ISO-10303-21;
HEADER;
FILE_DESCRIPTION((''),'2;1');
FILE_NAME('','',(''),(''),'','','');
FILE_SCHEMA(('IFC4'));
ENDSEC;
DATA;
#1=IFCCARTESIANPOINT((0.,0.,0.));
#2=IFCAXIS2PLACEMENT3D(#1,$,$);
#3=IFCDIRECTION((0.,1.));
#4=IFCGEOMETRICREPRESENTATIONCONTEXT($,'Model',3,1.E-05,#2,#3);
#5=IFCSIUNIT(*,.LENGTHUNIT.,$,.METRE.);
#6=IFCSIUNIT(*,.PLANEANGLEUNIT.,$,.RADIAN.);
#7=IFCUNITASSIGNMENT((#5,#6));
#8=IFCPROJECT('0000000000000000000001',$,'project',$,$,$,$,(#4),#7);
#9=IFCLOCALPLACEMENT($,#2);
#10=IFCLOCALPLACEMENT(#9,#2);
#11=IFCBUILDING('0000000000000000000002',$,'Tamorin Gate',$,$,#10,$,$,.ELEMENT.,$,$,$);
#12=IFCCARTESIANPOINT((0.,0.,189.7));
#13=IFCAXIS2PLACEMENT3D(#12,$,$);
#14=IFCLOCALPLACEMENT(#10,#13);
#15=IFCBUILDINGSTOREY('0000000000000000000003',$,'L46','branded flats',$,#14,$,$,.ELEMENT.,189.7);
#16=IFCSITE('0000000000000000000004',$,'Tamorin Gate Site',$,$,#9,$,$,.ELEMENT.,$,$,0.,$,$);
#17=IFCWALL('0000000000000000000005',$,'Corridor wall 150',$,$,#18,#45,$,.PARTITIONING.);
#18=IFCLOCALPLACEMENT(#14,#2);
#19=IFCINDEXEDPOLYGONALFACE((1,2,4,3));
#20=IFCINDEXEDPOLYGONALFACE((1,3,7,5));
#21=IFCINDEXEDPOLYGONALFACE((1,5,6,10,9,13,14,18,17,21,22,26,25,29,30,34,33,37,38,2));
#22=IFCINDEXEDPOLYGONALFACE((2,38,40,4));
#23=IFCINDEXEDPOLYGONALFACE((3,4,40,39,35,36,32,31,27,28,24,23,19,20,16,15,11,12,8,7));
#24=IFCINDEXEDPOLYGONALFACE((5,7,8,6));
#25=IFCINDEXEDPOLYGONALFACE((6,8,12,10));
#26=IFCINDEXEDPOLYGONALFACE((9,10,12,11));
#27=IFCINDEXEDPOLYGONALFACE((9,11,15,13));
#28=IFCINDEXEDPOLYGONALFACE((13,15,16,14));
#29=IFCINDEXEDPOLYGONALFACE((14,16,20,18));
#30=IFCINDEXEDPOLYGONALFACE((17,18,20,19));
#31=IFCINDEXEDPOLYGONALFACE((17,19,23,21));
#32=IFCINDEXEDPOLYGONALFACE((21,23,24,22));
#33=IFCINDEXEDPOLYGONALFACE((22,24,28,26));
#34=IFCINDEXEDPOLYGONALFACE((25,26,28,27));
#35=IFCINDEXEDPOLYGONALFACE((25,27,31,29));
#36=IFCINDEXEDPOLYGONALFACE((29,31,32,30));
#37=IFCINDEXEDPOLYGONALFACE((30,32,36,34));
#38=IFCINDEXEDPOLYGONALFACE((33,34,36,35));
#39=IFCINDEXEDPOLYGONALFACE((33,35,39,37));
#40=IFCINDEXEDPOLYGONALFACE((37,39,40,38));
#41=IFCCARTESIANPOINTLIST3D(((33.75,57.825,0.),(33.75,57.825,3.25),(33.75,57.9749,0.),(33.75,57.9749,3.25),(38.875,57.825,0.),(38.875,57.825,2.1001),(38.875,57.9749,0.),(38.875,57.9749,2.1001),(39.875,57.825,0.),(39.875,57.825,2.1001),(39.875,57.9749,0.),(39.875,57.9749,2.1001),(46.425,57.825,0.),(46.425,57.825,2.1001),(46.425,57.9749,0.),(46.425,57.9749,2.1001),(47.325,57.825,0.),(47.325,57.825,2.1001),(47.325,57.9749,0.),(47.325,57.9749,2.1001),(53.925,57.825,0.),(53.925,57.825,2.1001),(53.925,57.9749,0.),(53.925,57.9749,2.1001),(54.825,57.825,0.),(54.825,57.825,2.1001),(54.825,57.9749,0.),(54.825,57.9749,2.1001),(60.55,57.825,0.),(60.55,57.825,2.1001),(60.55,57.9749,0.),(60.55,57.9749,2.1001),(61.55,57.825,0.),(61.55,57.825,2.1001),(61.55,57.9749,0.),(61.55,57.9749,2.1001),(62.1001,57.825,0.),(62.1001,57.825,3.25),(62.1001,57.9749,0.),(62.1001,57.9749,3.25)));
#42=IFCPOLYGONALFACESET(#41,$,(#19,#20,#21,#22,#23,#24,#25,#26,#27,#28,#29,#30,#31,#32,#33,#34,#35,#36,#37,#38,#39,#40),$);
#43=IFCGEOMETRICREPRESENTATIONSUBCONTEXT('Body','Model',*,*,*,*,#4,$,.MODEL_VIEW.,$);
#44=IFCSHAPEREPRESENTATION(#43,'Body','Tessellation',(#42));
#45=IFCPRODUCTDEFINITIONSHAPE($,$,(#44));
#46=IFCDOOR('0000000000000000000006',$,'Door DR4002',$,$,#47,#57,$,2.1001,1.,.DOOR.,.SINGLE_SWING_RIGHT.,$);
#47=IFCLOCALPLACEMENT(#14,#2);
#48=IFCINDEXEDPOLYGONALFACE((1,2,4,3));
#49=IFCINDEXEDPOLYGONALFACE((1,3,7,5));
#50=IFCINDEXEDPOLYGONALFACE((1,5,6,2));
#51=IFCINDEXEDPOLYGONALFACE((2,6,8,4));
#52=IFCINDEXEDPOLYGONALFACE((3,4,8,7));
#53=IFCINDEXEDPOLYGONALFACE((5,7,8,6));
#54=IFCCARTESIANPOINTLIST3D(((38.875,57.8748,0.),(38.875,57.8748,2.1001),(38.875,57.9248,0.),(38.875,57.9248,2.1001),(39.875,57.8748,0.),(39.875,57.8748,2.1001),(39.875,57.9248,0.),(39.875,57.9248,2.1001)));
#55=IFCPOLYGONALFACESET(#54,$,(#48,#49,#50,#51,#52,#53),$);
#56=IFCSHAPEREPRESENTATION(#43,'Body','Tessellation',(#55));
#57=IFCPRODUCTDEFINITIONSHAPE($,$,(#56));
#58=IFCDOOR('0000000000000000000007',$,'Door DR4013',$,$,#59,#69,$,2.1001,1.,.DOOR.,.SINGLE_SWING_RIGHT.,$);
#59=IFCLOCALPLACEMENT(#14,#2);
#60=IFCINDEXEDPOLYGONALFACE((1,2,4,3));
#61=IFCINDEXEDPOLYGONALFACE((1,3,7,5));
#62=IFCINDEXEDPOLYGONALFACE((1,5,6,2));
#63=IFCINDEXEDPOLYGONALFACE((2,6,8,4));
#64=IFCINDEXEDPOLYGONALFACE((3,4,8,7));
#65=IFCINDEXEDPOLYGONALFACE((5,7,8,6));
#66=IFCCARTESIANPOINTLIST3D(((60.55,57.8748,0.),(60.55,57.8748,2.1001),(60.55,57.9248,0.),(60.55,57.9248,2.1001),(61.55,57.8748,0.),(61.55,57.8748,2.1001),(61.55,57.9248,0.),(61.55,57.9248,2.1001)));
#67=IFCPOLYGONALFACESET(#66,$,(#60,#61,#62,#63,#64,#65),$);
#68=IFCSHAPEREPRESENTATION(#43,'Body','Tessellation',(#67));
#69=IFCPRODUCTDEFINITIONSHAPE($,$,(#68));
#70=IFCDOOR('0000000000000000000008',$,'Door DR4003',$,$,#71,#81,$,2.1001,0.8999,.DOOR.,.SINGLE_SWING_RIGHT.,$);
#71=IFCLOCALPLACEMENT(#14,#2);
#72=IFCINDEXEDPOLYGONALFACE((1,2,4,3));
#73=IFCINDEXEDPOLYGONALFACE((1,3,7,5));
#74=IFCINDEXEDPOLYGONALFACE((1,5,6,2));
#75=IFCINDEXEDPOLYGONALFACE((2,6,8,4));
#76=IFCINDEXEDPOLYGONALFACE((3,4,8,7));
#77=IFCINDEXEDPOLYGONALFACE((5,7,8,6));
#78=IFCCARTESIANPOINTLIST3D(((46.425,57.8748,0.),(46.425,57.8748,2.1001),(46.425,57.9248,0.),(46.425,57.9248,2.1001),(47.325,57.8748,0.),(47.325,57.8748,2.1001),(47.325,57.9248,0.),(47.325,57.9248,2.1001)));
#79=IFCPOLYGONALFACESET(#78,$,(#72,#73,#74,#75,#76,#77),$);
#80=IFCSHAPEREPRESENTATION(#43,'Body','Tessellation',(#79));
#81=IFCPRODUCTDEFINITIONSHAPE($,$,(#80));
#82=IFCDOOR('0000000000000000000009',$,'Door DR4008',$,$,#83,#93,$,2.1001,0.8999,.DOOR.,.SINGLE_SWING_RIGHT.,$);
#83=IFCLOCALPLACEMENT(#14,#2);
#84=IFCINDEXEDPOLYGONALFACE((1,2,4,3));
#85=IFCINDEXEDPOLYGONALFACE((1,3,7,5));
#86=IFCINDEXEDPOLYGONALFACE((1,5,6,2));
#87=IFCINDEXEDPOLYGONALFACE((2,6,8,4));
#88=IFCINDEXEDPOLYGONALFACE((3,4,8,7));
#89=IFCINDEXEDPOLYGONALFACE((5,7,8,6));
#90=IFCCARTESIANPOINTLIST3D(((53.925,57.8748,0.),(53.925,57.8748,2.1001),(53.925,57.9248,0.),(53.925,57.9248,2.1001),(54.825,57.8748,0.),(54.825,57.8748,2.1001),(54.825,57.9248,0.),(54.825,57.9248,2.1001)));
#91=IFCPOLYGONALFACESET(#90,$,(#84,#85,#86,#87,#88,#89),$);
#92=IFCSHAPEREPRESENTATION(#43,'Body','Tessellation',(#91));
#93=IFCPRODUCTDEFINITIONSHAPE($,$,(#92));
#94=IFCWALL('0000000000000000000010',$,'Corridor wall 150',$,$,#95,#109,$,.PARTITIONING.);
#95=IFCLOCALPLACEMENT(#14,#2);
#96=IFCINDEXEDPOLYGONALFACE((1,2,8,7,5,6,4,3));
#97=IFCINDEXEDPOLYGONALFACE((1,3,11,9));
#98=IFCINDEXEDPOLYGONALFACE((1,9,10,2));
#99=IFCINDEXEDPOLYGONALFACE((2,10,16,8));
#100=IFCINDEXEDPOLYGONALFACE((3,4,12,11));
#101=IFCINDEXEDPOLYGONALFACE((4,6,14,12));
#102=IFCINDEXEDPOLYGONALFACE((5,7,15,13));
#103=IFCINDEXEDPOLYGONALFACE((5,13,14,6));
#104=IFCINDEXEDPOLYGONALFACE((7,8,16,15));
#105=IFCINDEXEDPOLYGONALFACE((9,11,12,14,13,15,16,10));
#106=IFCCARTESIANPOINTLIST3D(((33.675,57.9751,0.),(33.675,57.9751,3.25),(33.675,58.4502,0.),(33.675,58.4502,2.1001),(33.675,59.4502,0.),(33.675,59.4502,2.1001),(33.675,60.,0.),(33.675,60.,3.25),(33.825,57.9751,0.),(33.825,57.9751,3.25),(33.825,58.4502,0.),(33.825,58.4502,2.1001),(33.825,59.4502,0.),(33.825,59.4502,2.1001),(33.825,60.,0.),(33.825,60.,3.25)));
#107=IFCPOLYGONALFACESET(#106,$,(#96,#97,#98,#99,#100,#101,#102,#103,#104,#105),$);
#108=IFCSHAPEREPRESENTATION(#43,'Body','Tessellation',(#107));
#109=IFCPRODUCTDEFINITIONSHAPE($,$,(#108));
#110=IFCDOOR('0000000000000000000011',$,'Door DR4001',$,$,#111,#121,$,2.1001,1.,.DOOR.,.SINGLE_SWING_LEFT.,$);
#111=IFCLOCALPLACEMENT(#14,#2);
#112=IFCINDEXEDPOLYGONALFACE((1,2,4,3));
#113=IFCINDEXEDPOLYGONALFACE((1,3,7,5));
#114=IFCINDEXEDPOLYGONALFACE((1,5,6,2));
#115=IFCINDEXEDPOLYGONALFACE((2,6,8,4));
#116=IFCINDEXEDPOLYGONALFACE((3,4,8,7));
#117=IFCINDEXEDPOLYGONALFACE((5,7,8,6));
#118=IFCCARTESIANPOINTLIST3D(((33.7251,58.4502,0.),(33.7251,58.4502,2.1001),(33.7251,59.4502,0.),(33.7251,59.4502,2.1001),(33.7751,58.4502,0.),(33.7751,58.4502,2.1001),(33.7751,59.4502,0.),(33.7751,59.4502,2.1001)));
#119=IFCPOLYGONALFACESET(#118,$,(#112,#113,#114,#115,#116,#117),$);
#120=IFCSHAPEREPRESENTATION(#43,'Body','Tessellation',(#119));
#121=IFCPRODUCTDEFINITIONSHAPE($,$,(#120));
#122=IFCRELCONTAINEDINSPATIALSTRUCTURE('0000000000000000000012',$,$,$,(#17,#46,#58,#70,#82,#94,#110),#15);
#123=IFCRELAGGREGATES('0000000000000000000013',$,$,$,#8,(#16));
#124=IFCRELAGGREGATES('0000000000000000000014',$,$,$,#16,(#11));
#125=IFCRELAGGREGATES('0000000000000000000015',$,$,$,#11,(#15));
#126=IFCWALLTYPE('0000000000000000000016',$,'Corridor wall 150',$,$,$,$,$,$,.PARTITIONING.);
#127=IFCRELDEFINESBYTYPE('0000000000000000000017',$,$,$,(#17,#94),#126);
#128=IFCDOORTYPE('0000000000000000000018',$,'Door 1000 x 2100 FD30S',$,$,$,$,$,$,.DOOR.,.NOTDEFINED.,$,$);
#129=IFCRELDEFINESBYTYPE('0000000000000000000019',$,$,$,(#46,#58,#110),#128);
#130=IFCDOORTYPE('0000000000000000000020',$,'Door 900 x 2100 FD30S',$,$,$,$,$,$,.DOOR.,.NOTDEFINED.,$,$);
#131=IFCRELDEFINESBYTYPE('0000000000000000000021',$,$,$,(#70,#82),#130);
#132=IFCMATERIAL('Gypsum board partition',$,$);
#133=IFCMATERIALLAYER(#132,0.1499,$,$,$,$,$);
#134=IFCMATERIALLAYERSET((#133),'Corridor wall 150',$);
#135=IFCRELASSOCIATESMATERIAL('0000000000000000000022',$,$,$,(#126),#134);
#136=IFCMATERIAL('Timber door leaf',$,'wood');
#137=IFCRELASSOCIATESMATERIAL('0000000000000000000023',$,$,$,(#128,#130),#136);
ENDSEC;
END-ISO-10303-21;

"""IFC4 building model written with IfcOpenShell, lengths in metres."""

from ifc_helpers import new_model, si_unit, direction, frame, frame_2d, origin, place, context, subcontext, project, spatial, rectangle, extrude, material, layer, layer_set, type_object, element, fill, save


model = new_model("IFC4")

# Units and contexts
model_context = context("Model", 3, precision=1e-05, world=origin(), true_north=direction((0.0, 1.0)))
body_context = subcontext(model_context, "Body", "Model", "MODEL_VIEW")
ifc_project = project(units=[si_unit("LENGTHUNIT", "METRE"), si_unit("PLANEANGLEUNIT", "RADIAN")], contexts=[model_context])

# Site, building, storey
site_placement = place(None, origin())
site = spatial("IfcSite", under=ifc_project, at=site_placement, Name="Tamorin Gate Site", CompositionType="ELEMENT", RefElevation=0.0)
building_placement = place(site_placement, origin())
building = spatial("IfcBuilding", under=site, at=building_placement, Name="Tamorin Gate", CompositionType="ELEMENT")
storey_placement = place(building_placement, frame((0.0, 0.0, 189.7)))
storey = spatial("IfcBuildingStorey", under=building, at=storey_placement, Name="L46", Description="branded flats", CompositionType="ELEMENT", Elevation=189.7)

# Wall, openings, doors
ifc_material_1 = material(Name="Gypsum board partition")
ifc_layer_1 = layer(ifc_material_1, 0.1499)
ifc_layer_set_1 = layer_set([ifc_layer_1], Name="Corridor wall 150")
wall_type_1 = type_object("IfcWallType", Name="Corridor wall 150", PredefinedType="PARTITIONING", material=ifc_layer_set_1)
wall_1_placement = place(storey_placement, frame((33.75, 57.8999, 0.0), z_axis=(0.0, 0.0, 1.0), x_axis=(1.0, 0.0, 0.0)))
wall_1 = element("IfcWall", 1, at=wall_1_placement, inside=storey, type_object=wall_type_1, Name="Corridor wall 150", PredefinedType="PARTITIONING", context=body_context, shape_type="SweptSolid", body=[
    extrude(rectangle(XDim=28.3501, YDim=0.1499, at=frame_2d((14.175, 0.0))), origin(), (0.0, 0.0, 1.0), 3.25),
])
opening_1_placement = place(wall_1_placement, frame((5.125, 0.0, 0.0)))
opening_1 = element("IfcOpeningElement", 2, at=opening_1_placement, cuts=wall_1, PredefinedType="OPENING", context=body_context, shape_type="SweptSolid", body=[
    extrude(rectangle(XDim=1.0, YDim=2.1001, at=frame_2d((0.5, 1.05))), frame((0.0, 0.085, 0.0), z_axis=(0.0, -1.0, 0.0), x_axis=(1.0, 0.0, 0.0)), (0.0, 0.0, 1.0), 0.1699),
])
opening_2_placement = place(wall_1_placement, frame((12.675, 0.0, 0.0)))
opening_2 = element("IfcOpeningElement", 3, at=opening_2_placement, cuts=wall_1, PredefinedType="OPENING", context=body_context, shape_type="SweptSolid", body=[
    extrude(rectangle(XDim=0.8999, YDim=2.1001, at=frame_2d((0.45, 1.05))), frame((0.0, 0.085, 0.0), z_axis=(0.0, -1.0, 0.0), x_axis=(1.0, 0.0, 0.0)), (0.0, 0.0, 1.0), 0.1699),
])
opening_3_placement = place(wall_1_placement, frame((20.175, 0.0, 0.0)))
opening_3 = element("IfcOpeningElement", 4, at=opening_3_placement, cuts=wall_1, PredefinedType="OPENING", context=body_context, shape_type="SweptSolid", body=[
    extrude(rectangle(XDim=0.8999, YDim=2.1001, at=frame_2d((0.45, 1.05))), frame((0.0, 0.085, 0.0), z_axis=(0.0, -1.0, 0.0), x_axis=(1.0, 0.0, 0.0)), (0.0, 0.0, 1.0), 0.1699),
])
opening_4_placement = place(wall_1_placement, frame((26.8, 0.0, 0.0)))
opening_4 = element("IfcOpeningElement", 5, at=opening_4_placement, cuts=wall_1, PredefinedType="OPENING", context=body_context, shape_type="SweptSolid", body=[
    extrude(rectangle(XDim=1.0, YDim=2.1001, at=frame_2d((0.5, 1.05))), frame((0.0, 0.085, 0.0), z_axis=(0.0, -1.0, 0.0), x_axis=(1.0, 0.0, 0.0)), (0.0, 0.0, 1.0), 0.1699),
])
ifc_material_2 = material(Name="Timber door leaf", Category="wood")
door_type_1 = type_object("IfcDoorType", Name="Door 1000 x 2100 FD30S", OperationType="NOTDEFINED", PredefinedType="DOOR", material=ifc_material_2)
door_1_placement = place(opening_1_placement, origin())
door_1 = element("IfcDoor", 6, at=door_1_placement, inside=storey, type_object=door_type_1, Name="Door DR4002", OperationType="SINGLE_SWING_RIGHT", OverallHeight=2.1001, OverallWidth=1.0, PredefinedType="DOOR", context=body_context, shape_type="SweptSolid", body=[
    extrude(rectangle(XDim=1.0, YDim=2.1001, at=frame_2d((0.5, 1.05))), frame((0.0, 0.0249, 0.0), z_axis=(0.0, -1.0, 0.0), x_axis=(1.0, 0.0, 0.0)), (0.0, 0.0, 1.0), 0.05),
])
fill(opening_1, door_1)
door_2_placement = place(opening_4_placement, origin())
door_2 = element("IfcDoor", 7, at=door_2_placement, inside=storey, type_object=door_type_1, Name="Door DR4013", OperationType="SINGLE_SWING_RIGHT", OverallHeight=2.1001, OverallWidth=1.0, PredefinedType="DOOR", context=body_context, shape_type="SweptSolid", body=[
    extrude(rectangle(XDim=1.0, YDim=2.1001, at=frame_2d((0.5, 1.05))), frame((0.0, 0.0249, 0.0), z_axis=(0.0, -1.0, 0.0), x_axis=(1.0, 0.0, 0.0)), (0.0, 0.0, 1.0), 0.05),
])
fill(opening_4, door_2)
door_type_2 = type_object("IfcDoorType", Name="Door 900 x 2100 FD30S", OperationType="NOTDEFINED", PredefinedType="DOOR", material=ifc_material_2)
door_3_placement = place(opening_2_placement, origin())
door_3 = element("IfcDoor", 8, at=door_3_placement, inside=storey, type_object=door_type_2, Name="Door DR4003", OperationType="SINGLE_SWING_RIGHT", OverallHeight=2.1001, OverallWidth=0.8999, PredefinedType="DOOR", context=body_context, shape_type="SweptSolid", body=[
    extrude(rectangle(XDim=0.8999, YDim=2.1001, at=frame_2d((0.45, 1.05))), frame((0.0, 0.0249, 0.0), z_axis=(0.0, -1.0, 0.0), x_axis=(1.0, 0.0, 0.0)), (0.0, 0.0, 1.0), 0.05),
])
fill(opening_2, door_3)
door_4_placement = place(opening_3_placement, origin())
door_4 = element("IfcDoor", 9, at=door_4_placement, inside=storey, type_object=door_type_2, Name="Door DR4008", OperationType="SINGLE_SWING_RIGHT", OverallHeight=2.1001, OverallWidth=0.8999, PredefinedType="DOOR", context=body_context, shape_type="SweptSolid", body=[
    extrude(rectangle(XDim=0.8999, YDim=2.1001, at=frame_2d((0.45, 1.05))), frame((0.0, 0.0249, 0.0), z_axis=(0.0, -1.0, 0.0), x_axis=(1.0, 0.0, 0.0)), (0.0, 0.0, 1.0), 0.05),
])
fill(opening_3, door_4)

# Wall, opening, door
wall_2_placement = place(storey_placement, frame((33.75, 57.9751, 0.0), z_axis=(0.0, 0.0, 1.0), x_axis=(0.0, 1.0, 0.0)))
wall_2 = element("IfcWall", 10, at=wall_2_placement, inside=storey, type_object=wall_type_1, Name="Corridor wall 150", PredefinedType="PARTITIONING", context=body_context, shape_type="SweptSolid", body=[
    extrude(rectangle(XDim=2.0249, YDim=0.1499, at=frame_2d((1.0125, 0.0))), origin(), (0.0, 0.0, 1.0), 3.25),
])
opening_5_placement = place(wall_2_placement, frame((0.4751, 0.0, 0.0)))
opening_5 = element("IfcOpeningElement", 11, at=opening_5_placement, cuts=wall_2, PredefinedType="OPENING", context=body_context, shape_type="SweptSolid", body=[
    extrude(rectangle(XDim=1.0, YDim=2.1001, at=frame_2d((0.5, 1.05))), frame((0.0, 0.085, 0.0), z_axis=(0.0, -1.0, 0.0), x_axis=(1.0, 0.0, 0.0)), (0.0, 0.0, 1.0), 0.1699),
])
door_5_placement = place(opening_5_placement, origin())
door_5 = element("IfcDoor", 12, at=door_5_placement, inside=storey, type_object=door_type_1, Name="Door DR4001", OperationType="SINGLE_SWING_LEFT", OverallHeight=2.1001, OverallWidth=1.0, PredefinedType="DOOR", context=body_context, shape_type="SweptSolid", body=[
    extrude(rectangle(XDim=1.0, YDim=2.1001, at=frame_2d((0.5, 1.05))), frame((0.0, 0.0249, 0.0), z_axis=(0.0, -1.0, 0.0), x_axis=(1.0, 0.0, 0.0)), (0.0, 0.0, 1.0), 0.05),
])
fill(opening_5, door_5)

save(model, "model.ifc")
